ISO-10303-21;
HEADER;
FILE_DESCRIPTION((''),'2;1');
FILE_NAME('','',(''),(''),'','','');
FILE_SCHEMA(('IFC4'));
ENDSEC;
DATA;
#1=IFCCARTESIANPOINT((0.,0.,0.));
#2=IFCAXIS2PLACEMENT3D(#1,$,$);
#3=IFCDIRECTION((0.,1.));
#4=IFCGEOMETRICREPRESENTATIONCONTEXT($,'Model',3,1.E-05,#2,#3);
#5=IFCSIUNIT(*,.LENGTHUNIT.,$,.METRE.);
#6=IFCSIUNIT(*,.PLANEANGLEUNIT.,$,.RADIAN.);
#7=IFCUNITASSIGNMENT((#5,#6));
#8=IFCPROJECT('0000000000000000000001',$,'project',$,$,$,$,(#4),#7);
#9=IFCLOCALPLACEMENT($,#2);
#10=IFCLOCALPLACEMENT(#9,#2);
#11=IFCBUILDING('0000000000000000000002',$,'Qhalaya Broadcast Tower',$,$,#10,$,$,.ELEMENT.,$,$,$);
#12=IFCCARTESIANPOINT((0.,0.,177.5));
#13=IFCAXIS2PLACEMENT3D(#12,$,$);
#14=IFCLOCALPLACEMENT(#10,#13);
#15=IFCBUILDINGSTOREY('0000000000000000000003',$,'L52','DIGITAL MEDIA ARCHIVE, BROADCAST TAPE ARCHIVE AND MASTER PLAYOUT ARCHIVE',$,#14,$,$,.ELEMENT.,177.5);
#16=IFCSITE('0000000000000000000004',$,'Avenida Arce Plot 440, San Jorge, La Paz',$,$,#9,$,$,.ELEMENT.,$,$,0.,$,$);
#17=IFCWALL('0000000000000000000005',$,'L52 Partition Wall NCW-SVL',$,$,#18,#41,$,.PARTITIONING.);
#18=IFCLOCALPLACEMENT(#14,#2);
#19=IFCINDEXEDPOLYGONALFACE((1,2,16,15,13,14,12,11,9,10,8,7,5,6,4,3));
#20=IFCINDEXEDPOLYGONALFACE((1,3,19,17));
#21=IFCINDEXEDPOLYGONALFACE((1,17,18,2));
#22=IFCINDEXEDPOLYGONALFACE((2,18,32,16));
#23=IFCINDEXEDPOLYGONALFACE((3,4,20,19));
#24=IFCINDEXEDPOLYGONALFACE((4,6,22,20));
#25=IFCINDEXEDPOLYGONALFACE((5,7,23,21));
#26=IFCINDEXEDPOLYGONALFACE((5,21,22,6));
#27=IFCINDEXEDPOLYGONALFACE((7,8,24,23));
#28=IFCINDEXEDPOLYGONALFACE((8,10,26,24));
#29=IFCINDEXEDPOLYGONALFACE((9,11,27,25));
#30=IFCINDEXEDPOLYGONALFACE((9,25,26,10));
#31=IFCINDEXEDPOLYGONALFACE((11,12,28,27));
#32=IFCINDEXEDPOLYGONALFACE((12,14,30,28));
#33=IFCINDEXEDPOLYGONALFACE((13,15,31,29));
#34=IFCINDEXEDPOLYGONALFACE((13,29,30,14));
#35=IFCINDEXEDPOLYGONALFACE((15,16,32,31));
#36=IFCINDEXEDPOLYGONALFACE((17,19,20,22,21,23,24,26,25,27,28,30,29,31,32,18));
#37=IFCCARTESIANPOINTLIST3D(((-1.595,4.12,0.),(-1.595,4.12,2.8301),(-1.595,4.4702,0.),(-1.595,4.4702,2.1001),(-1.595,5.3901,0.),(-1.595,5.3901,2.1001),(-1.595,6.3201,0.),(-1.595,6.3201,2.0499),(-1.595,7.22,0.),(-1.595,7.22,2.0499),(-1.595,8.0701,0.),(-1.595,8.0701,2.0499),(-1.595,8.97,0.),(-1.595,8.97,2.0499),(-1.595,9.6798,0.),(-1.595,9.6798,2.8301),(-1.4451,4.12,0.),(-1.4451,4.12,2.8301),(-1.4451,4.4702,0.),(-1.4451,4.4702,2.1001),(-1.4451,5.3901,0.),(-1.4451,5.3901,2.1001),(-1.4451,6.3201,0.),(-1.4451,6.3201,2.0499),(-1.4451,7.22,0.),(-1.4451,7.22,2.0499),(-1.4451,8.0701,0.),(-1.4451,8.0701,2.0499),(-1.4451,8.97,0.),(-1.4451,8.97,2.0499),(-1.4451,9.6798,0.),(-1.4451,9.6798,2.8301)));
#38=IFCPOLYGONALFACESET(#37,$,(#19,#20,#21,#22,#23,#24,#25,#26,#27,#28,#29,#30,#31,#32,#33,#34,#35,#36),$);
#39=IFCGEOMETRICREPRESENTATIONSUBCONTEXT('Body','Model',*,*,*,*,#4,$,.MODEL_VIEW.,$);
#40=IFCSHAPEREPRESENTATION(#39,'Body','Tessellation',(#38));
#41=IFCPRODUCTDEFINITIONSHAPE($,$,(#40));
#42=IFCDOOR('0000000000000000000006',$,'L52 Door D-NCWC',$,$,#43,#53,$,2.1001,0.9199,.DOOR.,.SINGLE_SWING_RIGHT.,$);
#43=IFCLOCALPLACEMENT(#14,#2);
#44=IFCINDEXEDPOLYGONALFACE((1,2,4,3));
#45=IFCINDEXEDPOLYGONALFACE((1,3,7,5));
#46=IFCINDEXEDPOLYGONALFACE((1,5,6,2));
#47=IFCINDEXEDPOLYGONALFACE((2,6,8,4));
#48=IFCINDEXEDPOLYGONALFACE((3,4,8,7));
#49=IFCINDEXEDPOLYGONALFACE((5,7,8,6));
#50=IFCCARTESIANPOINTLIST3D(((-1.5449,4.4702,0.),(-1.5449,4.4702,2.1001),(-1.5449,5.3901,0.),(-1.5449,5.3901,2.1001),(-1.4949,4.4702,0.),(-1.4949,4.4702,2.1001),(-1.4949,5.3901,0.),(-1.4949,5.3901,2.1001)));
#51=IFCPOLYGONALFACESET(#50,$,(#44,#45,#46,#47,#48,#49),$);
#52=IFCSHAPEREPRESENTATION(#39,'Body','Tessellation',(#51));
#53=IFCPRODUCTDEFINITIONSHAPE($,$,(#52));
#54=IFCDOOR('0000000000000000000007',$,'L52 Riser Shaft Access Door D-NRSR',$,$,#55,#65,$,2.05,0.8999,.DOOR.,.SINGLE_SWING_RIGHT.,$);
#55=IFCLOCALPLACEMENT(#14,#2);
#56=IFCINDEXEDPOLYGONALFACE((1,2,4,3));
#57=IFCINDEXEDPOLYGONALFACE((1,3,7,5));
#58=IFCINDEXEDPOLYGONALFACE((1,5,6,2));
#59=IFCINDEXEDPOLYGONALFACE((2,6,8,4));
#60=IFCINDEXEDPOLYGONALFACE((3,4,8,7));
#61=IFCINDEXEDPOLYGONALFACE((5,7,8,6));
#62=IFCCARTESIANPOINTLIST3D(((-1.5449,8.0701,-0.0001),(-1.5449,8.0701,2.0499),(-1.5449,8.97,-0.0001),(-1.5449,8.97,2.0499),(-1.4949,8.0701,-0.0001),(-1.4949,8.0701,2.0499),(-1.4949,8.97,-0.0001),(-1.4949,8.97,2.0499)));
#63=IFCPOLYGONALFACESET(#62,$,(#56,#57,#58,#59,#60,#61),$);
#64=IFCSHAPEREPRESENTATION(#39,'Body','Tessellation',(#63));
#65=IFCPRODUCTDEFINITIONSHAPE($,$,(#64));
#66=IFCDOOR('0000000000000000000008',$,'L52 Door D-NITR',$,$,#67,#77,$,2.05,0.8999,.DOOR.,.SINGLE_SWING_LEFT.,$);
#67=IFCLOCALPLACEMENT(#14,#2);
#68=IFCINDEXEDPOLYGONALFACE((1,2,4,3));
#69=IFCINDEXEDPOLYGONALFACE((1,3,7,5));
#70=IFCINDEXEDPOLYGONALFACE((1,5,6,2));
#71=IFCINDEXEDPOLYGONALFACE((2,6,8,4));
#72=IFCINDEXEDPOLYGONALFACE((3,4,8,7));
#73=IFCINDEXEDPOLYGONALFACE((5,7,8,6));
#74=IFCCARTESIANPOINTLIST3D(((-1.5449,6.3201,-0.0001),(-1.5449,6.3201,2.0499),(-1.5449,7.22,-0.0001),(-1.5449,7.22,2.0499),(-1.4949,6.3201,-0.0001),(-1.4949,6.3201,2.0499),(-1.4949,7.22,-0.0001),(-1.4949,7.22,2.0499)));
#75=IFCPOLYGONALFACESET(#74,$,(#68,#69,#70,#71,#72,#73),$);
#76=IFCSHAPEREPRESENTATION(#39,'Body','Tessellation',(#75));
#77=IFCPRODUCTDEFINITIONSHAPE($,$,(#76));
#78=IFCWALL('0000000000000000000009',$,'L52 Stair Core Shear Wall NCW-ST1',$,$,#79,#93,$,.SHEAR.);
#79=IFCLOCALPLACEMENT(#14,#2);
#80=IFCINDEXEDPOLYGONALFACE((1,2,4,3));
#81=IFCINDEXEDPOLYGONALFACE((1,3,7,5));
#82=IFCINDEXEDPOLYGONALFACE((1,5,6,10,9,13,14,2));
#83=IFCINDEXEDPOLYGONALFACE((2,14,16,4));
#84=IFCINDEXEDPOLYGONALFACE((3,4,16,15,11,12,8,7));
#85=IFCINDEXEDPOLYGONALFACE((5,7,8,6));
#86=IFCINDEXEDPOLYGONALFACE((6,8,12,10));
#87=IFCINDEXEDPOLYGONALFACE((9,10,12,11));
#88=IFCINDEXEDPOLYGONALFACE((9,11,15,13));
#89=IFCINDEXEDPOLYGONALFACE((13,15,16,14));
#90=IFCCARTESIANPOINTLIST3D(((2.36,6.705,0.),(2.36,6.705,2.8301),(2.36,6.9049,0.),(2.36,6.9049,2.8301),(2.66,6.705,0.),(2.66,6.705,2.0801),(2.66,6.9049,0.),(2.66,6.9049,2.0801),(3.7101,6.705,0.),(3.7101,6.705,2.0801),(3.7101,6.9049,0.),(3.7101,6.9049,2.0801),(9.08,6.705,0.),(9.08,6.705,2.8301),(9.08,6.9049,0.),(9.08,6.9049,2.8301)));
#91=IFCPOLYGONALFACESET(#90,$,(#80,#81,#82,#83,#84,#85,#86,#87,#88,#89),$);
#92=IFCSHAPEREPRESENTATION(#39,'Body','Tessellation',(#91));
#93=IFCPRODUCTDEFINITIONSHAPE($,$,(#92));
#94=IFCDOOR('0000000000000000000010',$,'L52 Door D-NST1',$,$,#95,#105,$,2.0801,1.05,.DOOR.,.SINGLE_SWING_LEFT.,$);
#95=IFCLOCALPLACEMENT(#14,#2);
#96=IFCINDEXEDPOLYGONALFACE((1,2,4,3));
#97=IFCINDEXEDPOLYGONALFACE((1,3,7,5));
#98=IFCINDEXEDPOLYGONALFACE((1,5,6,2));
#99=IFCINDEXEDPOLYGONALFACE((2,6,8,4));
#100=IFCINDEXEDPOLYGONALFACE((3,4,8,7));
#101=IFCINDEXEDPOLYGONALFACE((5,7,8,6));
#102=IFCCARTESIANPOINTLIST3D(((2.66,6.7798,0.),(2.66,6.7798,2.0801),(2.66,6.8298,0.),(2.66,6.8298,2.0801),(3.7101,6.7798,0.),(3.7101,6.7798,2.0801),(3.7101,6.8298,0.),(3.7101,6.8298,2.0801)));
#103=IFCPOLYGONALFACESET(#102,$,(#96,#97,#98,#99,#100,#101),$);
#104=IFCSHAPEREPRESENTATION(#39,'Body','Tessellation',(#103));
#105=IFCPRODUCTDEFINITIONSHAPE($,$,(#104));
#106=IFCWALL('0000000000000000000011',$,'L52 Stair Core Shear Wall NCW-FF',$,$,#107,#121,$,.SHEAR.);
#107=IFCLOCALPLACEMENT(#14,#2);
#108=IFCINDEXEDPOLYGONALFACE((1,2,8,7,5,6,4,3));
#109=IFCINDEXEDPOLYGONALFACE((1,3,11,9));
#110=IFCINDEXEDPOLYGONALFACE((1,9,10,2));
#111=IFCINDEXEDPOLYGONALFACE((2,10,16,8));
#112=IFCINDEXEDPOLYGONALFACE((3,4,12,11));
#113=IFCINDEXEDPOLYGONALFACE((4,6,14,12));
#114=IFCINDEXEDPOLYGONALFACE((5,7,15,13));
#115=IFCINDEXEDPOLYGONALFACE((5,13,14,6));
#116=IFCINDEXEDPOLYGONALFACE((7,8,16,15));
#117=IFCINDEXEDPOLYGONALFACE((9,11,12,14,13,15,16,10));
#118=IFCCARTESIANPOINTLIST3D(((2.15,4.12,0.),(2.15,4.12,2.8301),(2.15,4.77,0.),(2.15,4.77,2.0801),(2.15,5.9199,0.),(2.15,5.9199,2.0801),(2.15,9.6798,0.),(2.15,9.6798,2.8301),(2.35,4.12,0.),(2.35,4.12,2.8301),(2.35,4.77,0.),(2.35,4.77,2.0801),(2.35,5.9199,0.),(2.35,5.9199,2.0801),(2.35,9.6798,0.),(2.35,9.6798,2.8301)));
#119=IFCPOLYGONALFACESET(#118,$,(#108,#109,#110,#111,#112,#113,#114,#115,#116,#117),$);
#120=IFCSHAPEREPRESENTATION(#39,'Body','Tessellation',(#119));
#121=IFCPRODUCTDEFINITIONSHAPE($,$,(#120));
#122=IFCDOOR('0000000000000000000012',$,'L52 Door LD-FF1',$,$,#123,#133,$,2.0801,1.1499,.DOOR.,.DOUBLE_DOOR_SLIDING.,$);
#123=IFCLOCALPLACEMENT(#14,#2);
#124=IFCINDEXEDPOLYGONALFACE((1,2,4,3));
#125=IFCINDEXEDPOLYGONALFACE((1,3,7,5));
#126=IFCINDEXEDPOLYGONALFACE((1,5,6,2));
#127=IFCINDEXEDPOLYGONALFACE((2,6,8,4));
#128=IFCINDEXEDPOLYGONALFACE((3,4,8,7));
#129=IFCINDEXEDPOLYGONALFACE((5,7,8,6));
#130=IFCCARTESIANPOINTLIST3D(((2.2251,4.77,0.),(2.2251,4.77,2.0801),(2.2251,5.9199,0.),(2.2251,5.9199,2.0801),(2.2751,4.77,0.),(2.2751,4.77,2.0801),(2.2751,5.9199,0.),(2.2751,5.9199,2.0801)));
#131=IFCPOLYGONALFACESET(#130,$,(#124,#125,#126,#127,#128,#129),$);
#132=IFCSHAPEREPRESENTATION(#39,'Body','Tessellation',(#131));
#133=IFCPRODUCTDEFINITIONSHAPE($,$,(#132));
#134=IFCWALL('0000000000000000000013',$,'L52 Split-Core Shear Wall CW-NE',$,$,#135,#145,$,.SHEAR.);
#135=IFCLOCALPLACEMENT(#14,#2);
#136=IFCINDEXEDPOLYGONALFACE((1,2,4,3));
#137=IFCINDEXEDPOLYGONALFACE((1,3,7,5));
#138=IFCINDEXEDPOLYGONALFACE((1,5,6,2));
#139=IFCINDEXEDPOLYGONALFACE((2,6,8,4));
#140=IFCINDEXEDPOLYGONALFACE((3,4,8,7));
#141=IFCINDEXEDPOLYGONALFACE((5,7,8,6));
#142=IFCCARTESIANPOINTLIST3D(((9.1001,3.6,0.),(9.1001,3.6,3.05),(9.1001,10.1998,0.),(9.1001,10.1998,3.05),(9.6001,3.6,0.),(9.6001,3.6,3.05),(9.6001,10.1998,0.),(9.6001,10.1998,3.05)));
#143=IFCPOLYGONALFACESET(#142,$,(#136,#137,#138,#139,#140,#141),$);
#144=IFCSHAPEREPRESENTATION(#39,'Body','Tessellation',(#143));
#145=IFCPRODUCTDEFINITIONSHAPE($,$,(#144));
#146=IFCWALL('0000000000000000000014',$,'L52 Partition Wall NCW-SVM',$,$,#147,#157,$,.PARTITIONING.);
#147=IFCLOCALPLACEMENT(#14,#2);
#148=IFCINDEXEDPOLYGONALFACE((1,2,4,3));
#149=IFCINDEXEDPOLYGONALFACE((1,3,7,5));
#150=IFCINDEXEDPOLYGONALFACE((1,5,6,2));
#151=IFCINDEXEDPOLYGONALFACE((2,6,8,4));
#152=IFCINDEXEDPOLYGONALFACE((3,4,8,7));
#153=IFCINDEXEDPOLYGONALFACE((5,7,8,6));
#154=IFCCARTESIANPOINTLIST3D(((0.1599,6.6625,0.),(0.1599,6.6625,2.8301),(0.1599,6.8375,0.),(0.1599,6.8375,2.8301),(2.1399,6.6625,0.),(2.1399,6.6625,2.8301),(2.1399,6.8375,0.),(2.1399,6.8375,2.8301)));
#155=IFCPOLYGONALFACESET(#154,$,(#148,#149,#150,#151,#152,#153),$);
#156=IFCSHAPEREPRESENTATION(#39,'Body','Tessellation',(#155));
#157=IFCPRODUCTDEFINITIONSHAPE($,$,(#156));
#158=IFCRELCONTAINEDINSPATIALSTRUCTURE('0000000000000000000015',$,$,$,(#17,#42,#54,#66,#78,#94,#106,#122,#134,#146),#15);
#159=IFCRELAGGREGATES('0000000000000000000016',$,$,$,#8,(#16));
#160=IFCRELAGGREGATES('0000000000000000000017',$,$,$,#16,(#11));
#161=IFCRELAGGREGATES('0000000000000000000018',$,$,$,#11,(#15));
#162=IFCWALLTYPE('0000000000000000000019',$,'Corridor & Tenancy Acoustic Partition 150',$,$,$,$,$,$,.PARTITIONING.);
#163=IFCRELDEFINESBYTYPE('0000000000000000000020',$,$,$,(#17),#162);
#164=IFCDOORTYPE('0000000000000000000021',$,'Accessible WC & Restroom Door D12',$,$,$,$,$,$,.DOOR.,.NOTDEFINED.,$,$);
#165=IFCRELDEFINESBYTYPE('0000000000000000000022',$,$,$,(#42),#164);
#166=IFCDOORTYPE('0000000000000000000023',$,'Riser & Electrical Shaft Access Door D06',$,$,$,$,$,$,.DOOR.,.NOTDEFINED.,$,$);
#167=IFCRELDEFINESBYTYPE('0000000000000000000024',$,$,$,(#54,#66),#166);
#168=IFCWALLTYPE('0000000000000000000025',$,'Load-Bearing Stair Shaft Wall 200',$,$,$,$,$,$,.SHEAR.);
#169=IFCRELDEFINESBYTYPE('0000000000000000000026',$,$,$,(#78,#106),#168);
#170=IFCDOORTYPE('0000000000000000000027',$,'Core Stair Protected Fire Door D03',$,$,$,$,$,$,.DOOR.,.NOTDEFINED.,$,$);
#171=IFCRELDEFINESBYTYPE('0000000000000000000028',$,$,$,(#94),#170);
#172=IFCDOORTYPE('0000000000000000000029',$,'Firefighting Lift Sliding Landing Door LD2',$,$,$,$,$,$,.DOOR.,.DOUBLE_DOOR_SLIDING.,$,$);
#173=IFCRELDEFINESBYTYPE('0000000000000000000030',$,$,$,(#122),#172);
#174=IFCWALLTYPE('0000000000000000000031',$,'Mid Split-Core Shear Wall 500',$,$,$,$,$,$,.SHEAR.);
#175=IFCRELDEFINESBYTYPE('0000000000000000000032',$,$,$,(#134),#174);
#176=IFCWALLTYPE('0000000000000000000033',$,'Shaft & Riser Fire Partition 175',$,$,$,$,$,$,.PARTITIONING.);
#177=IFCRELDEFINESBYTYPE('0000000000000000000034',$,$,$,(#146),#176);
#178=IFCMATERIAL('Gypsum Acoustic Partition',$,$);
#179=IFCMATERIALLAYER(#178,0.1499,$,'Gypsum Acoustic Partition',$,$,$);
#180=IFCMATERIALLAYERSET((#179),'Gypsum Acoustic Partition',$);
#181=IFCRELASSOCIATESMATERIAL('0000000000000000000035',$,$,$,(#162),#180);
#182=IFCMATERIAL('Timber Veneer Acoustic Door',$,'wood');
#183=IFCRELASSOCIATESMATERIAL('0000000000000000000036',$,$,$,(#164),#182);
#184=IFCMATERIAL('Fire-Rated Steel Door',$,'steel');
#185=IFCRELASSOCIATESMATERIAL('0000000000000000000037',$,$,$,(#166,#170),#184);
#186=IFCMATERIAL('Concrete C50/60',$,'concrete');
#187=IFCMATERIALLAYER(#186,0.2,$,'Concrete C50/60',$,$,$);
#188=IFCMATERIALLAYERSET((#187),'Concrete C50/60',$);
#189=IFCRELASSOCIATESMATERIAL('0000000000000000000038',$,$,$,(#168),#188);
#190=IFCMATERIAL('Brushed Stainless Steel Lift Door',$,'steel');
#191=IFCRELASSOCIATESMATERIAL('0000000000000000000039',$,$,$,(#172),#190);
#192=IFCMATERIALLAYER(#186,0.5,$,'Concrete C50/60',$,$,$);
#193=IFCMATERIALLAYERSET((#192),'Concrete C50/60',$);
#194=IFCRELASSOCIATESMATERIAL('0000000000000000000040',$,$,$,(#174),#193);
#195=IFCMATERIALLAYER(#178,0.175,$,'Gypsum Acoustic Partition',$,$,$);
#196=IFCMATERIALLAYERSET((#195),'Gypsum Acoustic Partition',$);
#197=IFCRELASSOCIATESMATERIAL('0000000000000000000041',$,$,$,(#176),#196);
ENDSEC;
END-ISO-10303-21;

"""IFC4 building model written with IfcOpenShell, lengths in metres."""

from ifc_helpers import new_model, si_unit, direction, frame, frame_2d, origin, place, context, subcontext, project, spatial, rectangle, extrude, material, layer, layer_set, type_object, element, fill, save


model = new_model("IFC4")

# Units and contexts
model_context = context("Model", 3, precision=1e-05, world=origin(), true_north=direction((0.0, 1.0)))
body_context = subcontext(model_context, "Body", "Model", "MODEL_VIEW")
ifc_project = project(units=[si_unit("LENGTHUNIT", "METRE"), si_unit("PLANEANGLEUNIT", "RADIAN")], contexts=[model_context])

# Site, building, storey
site_placement = place(None, origin())
site = spatial("IfcSite", under=ifc_project, at=site_placement, Name="Avenida Arce Plot 440, San Jorge, La Paz", CompositionType="ELEMENT", RefElevation=0.0)
building_placement = place(site_placement, origin())
building = spatial("IfcBuilding", under=site, at=building_placement, Name="Qhalaya Broadcast Tower", CompositionType="ELEMENT")
storey_placement = place(building_placement, frame((0.0, 0.0, 177.5)))
storey = spatial("IfcBuildingStorey", under=building, at=storey_placement, Name="L52", Description="DIGITAL MEDIA ARCHIVE, BROADCAST TAPE ARCHIVE AND MASTER PLAYOUT ARCHIVE", CompositionType="ELEMENT", Elevation=177.5)

# Shared definitions
ifc_material_1 = material(Name="Concrete C50/60", Category="concrete")

# Wall, openings, doors
ifc_material_2 = material(Name="Gypsum Acoustic Partition")
ifc_layer_1 = layer(ifc_material_2, 0.1499, Name="Gypsum Acoustic Partition")
ifc_layer_set_1 = layer_set([ifc_layer_1], Name="Gypsum Acoustic Partition")
wall_type_1 = type_object("IfcWallType", Name="Corridor & Tenancy Acoustic Partition 150", PredefinedType="PARTITIONING", material=ifc_layer_set_1)
wall_1_placement = place(storey_placement, frame((-1.52, 4.1201, 0.0), z_axis=(0.0, 0.0, 1.0), x_axis=(0.0, 1.0, 0.0)))
wall_1 = element("IfcWall", 1, at=wall_1_placement, inside=storey, type_object=wall_type_1, Name="L52 Partition Wall NCW-SVL", PredefinedType="PARTITIONING", context=body_context, shape_type="SweptSolid", body=[
    extrude(rectangle(XDim=5.5598, YDim=0.1499, at=frame_2d((2.7798, 0.0))), origin(), (0.0, 0.0, 1.0), 2.8301),
])
opening_1_placement = place(wall_1_placement, frame((3.95, 0.0, 0.0)))
opening_1 = element("IfcOpeningElement", 2, at=opening_1_placement, cuts=wall_1, PredefinedType="OPENING", context=body_context, shape_type="SweptSolid", body=[
    extrude(rectangle(XDim=0.8999, YDim=2.05, at=frame_2d((0.45, 1.0249))), frame((0.0, 0.0869, 0.0), z_axis=(0.0, -1.0, 0.0), x_axis=(1.0, 0.0, 0.0)), (0.0, 0.0, 1.0), 0.1738),
])
opening_2_placement = place(wall_1_placement, frame((2.2, 0.0, 0.0)))
opening_2 = element("IfcOpeningElement", 3, at=opening_2_placement, cuts=wall_1, PredefinedType="OPENING", context=body_context, shape_type="SweptSolid", body=[
    extrude(rectangle(XDim=0.8999, YDim=2.05, at=frame_2d((0.45, 1.0249))), frame((0.0, 0.0869, 0.0), z_axis=(0.0, -1.0, 0.0), x_axis=(1.0, 0.0, 0.0)), (0.0, 0.0, 1.0), 0.1738),
])
opening_3_placement = place(wall_1_placement, frame((0.3501, 0.0, 0.0)))
opening_3 = element("IfcOpeningElement", 4, at=opening_3_placement, cuts=wall_1, PredefinedType="OPENING", context=body_context, shape_type="SweptSolid", body=[
    extrude(rectangle(XDim=0.9199, YDim=2.1001, at=frame_2d((0.46, 1.05))), frame((0.0, 0.0869, 0.0), z_axis=(0.0, -1.0, 0.0), x_axis=(1.0, 0.0, 0.0)), (0.0, 0.0, 1.0), 0.1738),
])
ifc_material_3 = material(Name="Timber Veneer Acoustic Door", Category="wood")
door_type_1 = type_object("IfcDoorType", Name="Accessible WC & Restroom Door D12", OperationType="NOTDEFINED", PredefinedType="DOOR", material=ifc_material_3)
door_1_placement = place(opening_3_placement, origin())
door_1 = element("IfcDoor", 5, at=door_1_placement, inside=storey, type_object=door_type_1, Name="L52 Door D-NCWC", OperationType="SINGLE_SWING_RIGHT", OverallHeight=2.1001, OverallWidth=0.9199, PredefinedType="DOOR", context=body_context, shape_type="SweptSolid", body=[
    extrude(rectangle(XDim=0.9199, YDim=2.1001, at=frame_2d((0.46, 1.05))), frame((0.0, 0.0249, 0.0), z_axis=(0.0, -1.0, 0.0), x_axis=(1.0, 0.0, 0.0)), (0.0, 0.0, 1.0), 0.05),
])
fill(opening_3, door_1)
ifc_material_4 = material(Name="Fire-Rated Steel Door", Category="steel")
door_type_2 = type_object("IfcDoorType", Name="Riser & Electrical Shaft Access Door D06", OperationType="NOTDEFINED", PredefinedType="DOOR", material=ifc_material_4)
door_2_placement = place(opening_1_placement, origin())
door_2 = element("IfcDoor", 6, at=door_2_placement, inside=storey, type_object=door_type_2, Name="L52 Riser Shaft Access Door D-NRSR", OperationType="SINGLE_SWING_RIGHT", OverallHeight=2.05, OverallWidth=0.8999, PredefinedType="DOOR", context=body_context, shape_type="SweptSolid", body=[
    extrude(rectangle(XDim=0.8999, YDim=2.05, at=frame_2d((0.45, 1.0249))), frame((0.0, 0.0249, 0.0), z_axis=(0.0, -1.0, 0.0), x_axis=(1.0, 0.0, 0.0)), (0.0, 0.0, 1.0), 0.05),
])
fill(opening_1, door_2)
door_3_placement = place(opening_2_placement, origin())
door_3 = element("IfcDoor", 7, at=door_3_placement, inside=storey, type_object=door_type_2, Name="L52 Door D-NITR", OperationType="SINGLE_SWING_LEFT", OverallHeight=2.05, OverallWidth=0.8999, PredefinedType="DOOR", context=body_context, shape_type="SweptSolid", body=[
    extrude(rectangle(XDim=0.8999, YDim=2.05, at=frame_2d((0.45, 1.0249))), frame((0.0, 0.0249, 0.0), z_axis=(0.0, -1.0, 0.0), x_axis=(1.0, 0.0, 0.0)), (0.0, 0.0, 1.0), 0.05),
])
fill(opening_2, door_3)

# Walls, openings, doors
ifc_layer_2 = layer(ifc_material_1, 0.2, Name="Concrete C50/60")
ifc_layer_set_2 = layer_set([ifc_layer_2], Name="Concrete C50/60")
wall_type_2 = type_object("IfcWallType", Name="Load-Bearing Stair Shaft Wall 200", PredefinedType="SHEAR", material=ifc_layer_set_2)
wall_2_placement = place(storey_placement, frame((2.3601, 6.8049, 0.0), z_axis=(0.0, 0.0, 1.0), x_axis=(1.0, 0.0, 0.0)))
wall_2 = element("IfcWall", 8, at=wall_2_placement, inside=storey, type_object=wall_type_2, Name="L52 Stair Core Shear Wall NCW-ST1", PredefinedType="SHEAR", context=body_context, shape_type="SweptSolid", body=[
    extrude(rectangle(XDim=6.72, YDim=0.2, at=frame_2d((3.3599, 0.0))), origin(), (0.0, 0.0, 1.0), 2.8301),
])
opening_4_placement = place(wall_2_placement, frame((0.3, 0.0, 0.0)))
opening_4 = element("IfcOpeningElement", 9, at=opening_4_placement, cuts=wall_2, PredefinedType="OPENING", context=body_context, shape_type="SweptSolid", body=[
    extrude(rectangle(XDim=1.05, YDim=2.0801, at=frame_2d((0.5249, 1.04))), frame((0.0, 0.1121, 0.0), z_axis=(0.0, -1.0, 0.0), x_axis=(1.0, 0.0, 0.0)), (0.0, 0.0, 1.0), 0.2239),
])
door_type_3 = type_object("IfcDoorType", Name="Core Stair Protected Fire Door D03", OperationType="NOTDEFINED", PredefinedType="DOOR", material=ifc_material_4)
door_4_placement = place(opening_4_placement, origin())
door_4 = element("IfcDoor", 10, at=door_4_placement, inside=storey, type_object=door_type_3, Name="L52 Door D-NST1", OperationType="SINGLE_SWING_LEFT", OverallHeight=2.0801, OverallWidth=1.05, PredefinedType="DOOR", context=body_context, shape_type="SweptSolid", body=[
    extrude(rectangle(XDim=1.05, YDim=2.0801, at=frame_2d((0.5249, 1.04))), frame((0.0, 0.0249, 0.0), z_axis=(0.0, -1.0, 0.0), x_axis=(1.0, 0.0, 0.0)), (0.0, 0.0, 1.0), 0.05),
])
fill(opening_4, door_4)
wall_3_placement = place(storey_placement, frame((2.25, 4.1201, 0.0), z_axis=(0.0, 0.0, 1.0), x_axis=(0.0, 1.0, 0.0)))
wall_3 = element("IfcWall", 11, at=wall_3_placement, inside=storey, type_object=wall_type_2, Name="L52 Stair Core Shear Wall NCW-FF", PredefinedType="SHEAR", context=body_context, shape_type="SweptSolid", body=[
    extrude(rectangle(XDim=5.5598, YDim=0.2, at=frame_2d((2.7798, 0.0))), origin(), (0.0, 0.0, 1.0), 2.8301),
])
opening_5_placement = place(wall_3_placement, frame((0.6499, 0.0, 0.0)))
opening_5 = element("IfcOpeningElement", 12, at=opening_5_placement, cuts=wall_3, PredefinedType="OPENING", context=body_context, shape_type="SweptSolid", body=[
    extrude(rectangle(XDim=1.1499, YDim=2.0801, at=frame_2d((0.575, 1.04))), frame((0.0, 0.1121, 0.0), z_axis=(0.0, -1.0, 0.0), x_axis=(1.0, 0.0, 0.0)), (0.0, 0.0, 1.0), 0.2239),
])
ifc_material_5 = material(Name="Brushed Stainless Steel Lift Door", Category="steel")
door_type_4 = type_object("IfcDoorType", Name="Firefighting Lift Sliding Landing Door LD2", OperationType="DOUBLE_DOOR_SLIDING", PredefinedType="DOOR", material=ifc_material_5)
door_5_placement = place(opening_5_placement, origin())
door_5 = element("IfcDoor", 13, at=door_5_placement, inside=storey, type_object=door_type_4, Name="L52 Door LD-FF1", OperationType="DOUBLE_DOOR_SLIDING", OverallHeight=2.0801, OverallWidth=1.1499, PredefinedType="DOOR", context=body_context, shape_type="SweptSolid", body=[
    extrude(rectangle(XDim=1.1499, YDim=2.0801, at=frame_2d((0.575, 1.04))), frame((0.0, 0.0249, 0.0), z_axis=(0.0, -1.0, 0.0), x_axis=(1.0, 0.0, 0.0)), (0.0, 0.0, 1.0), 0.05),
])
fill(opening_5, door_5)

# Wall
ifc_layer_3 = layer(ifc_material_1, 0.5, Name="Concrete C50/60")
ifc_layer_set_3 = layer_set([ifc_layer_3], Name="Concrete C50/60")
wall_type_3 = type_object("IfcWallType", Name="Mid Split-Core Shear Wall 500", PredefinedType="SHEAR", material=ifc_layer_set_3)
wall_4_placement = place(storey_placement, frame((9.3501, 3.6001, 0.0), z_axis=(0.0, 0.0, 1.0), x_axis=(0.0, 1.0, 0.0)))
element("IfcWall", 14, at=wall_4_placement, inside=storey, type_object=wall_type_3, Name="L52 Split-Core Shear Wall CW-NE", PredefinedType="SHEAR", context=body_context, shape_type="SweptSolid", body=[
    extrude(rectangle(XDim=6.5999, YDim=0.5, at=frame_2d((3.2998, 0.0))), origin(), (0.0, 0.0, 1.0), 3.05),
])

# Shared definitions
ifc_layer_4 = layer(ifc_material_2, 0.175, Name="Gypsum Acoustic Partition")
ifc_layer_set_4 = layer_set([ifc_layer_4], Name="Gypsum Acoustic Partition")
wall_type_4 = type_object("IfcWallType", Name="Shaft & Riser Fire Partition 175", PredefinedType="PARTITIONING", material=ifc_layer_set_4)

# Wall
wall_5_placement = place(storey_placement, frame((0.1599, 6.75, 0.0), z_axis=(0.0, 0.0, 1.0), x_axis=(1.0, 0.0, 0.0)))
element("IfcWall", 15, at=wall_5_placement, inside=storey, type_object=wall_type_4, Name="L52 Partition Wall NCW-SVM", PredefinedType="PARTITIONING", context=body_context, shape_type="SweptSolid", body=[
    extrude(rectangle(XDim=1.98, YDim=0.175, at=frame_2d((0.99, 0.0))), origin(), (0.0, 0.0, 1.0), 2.8301),
])

save(model, "model.ifc")
